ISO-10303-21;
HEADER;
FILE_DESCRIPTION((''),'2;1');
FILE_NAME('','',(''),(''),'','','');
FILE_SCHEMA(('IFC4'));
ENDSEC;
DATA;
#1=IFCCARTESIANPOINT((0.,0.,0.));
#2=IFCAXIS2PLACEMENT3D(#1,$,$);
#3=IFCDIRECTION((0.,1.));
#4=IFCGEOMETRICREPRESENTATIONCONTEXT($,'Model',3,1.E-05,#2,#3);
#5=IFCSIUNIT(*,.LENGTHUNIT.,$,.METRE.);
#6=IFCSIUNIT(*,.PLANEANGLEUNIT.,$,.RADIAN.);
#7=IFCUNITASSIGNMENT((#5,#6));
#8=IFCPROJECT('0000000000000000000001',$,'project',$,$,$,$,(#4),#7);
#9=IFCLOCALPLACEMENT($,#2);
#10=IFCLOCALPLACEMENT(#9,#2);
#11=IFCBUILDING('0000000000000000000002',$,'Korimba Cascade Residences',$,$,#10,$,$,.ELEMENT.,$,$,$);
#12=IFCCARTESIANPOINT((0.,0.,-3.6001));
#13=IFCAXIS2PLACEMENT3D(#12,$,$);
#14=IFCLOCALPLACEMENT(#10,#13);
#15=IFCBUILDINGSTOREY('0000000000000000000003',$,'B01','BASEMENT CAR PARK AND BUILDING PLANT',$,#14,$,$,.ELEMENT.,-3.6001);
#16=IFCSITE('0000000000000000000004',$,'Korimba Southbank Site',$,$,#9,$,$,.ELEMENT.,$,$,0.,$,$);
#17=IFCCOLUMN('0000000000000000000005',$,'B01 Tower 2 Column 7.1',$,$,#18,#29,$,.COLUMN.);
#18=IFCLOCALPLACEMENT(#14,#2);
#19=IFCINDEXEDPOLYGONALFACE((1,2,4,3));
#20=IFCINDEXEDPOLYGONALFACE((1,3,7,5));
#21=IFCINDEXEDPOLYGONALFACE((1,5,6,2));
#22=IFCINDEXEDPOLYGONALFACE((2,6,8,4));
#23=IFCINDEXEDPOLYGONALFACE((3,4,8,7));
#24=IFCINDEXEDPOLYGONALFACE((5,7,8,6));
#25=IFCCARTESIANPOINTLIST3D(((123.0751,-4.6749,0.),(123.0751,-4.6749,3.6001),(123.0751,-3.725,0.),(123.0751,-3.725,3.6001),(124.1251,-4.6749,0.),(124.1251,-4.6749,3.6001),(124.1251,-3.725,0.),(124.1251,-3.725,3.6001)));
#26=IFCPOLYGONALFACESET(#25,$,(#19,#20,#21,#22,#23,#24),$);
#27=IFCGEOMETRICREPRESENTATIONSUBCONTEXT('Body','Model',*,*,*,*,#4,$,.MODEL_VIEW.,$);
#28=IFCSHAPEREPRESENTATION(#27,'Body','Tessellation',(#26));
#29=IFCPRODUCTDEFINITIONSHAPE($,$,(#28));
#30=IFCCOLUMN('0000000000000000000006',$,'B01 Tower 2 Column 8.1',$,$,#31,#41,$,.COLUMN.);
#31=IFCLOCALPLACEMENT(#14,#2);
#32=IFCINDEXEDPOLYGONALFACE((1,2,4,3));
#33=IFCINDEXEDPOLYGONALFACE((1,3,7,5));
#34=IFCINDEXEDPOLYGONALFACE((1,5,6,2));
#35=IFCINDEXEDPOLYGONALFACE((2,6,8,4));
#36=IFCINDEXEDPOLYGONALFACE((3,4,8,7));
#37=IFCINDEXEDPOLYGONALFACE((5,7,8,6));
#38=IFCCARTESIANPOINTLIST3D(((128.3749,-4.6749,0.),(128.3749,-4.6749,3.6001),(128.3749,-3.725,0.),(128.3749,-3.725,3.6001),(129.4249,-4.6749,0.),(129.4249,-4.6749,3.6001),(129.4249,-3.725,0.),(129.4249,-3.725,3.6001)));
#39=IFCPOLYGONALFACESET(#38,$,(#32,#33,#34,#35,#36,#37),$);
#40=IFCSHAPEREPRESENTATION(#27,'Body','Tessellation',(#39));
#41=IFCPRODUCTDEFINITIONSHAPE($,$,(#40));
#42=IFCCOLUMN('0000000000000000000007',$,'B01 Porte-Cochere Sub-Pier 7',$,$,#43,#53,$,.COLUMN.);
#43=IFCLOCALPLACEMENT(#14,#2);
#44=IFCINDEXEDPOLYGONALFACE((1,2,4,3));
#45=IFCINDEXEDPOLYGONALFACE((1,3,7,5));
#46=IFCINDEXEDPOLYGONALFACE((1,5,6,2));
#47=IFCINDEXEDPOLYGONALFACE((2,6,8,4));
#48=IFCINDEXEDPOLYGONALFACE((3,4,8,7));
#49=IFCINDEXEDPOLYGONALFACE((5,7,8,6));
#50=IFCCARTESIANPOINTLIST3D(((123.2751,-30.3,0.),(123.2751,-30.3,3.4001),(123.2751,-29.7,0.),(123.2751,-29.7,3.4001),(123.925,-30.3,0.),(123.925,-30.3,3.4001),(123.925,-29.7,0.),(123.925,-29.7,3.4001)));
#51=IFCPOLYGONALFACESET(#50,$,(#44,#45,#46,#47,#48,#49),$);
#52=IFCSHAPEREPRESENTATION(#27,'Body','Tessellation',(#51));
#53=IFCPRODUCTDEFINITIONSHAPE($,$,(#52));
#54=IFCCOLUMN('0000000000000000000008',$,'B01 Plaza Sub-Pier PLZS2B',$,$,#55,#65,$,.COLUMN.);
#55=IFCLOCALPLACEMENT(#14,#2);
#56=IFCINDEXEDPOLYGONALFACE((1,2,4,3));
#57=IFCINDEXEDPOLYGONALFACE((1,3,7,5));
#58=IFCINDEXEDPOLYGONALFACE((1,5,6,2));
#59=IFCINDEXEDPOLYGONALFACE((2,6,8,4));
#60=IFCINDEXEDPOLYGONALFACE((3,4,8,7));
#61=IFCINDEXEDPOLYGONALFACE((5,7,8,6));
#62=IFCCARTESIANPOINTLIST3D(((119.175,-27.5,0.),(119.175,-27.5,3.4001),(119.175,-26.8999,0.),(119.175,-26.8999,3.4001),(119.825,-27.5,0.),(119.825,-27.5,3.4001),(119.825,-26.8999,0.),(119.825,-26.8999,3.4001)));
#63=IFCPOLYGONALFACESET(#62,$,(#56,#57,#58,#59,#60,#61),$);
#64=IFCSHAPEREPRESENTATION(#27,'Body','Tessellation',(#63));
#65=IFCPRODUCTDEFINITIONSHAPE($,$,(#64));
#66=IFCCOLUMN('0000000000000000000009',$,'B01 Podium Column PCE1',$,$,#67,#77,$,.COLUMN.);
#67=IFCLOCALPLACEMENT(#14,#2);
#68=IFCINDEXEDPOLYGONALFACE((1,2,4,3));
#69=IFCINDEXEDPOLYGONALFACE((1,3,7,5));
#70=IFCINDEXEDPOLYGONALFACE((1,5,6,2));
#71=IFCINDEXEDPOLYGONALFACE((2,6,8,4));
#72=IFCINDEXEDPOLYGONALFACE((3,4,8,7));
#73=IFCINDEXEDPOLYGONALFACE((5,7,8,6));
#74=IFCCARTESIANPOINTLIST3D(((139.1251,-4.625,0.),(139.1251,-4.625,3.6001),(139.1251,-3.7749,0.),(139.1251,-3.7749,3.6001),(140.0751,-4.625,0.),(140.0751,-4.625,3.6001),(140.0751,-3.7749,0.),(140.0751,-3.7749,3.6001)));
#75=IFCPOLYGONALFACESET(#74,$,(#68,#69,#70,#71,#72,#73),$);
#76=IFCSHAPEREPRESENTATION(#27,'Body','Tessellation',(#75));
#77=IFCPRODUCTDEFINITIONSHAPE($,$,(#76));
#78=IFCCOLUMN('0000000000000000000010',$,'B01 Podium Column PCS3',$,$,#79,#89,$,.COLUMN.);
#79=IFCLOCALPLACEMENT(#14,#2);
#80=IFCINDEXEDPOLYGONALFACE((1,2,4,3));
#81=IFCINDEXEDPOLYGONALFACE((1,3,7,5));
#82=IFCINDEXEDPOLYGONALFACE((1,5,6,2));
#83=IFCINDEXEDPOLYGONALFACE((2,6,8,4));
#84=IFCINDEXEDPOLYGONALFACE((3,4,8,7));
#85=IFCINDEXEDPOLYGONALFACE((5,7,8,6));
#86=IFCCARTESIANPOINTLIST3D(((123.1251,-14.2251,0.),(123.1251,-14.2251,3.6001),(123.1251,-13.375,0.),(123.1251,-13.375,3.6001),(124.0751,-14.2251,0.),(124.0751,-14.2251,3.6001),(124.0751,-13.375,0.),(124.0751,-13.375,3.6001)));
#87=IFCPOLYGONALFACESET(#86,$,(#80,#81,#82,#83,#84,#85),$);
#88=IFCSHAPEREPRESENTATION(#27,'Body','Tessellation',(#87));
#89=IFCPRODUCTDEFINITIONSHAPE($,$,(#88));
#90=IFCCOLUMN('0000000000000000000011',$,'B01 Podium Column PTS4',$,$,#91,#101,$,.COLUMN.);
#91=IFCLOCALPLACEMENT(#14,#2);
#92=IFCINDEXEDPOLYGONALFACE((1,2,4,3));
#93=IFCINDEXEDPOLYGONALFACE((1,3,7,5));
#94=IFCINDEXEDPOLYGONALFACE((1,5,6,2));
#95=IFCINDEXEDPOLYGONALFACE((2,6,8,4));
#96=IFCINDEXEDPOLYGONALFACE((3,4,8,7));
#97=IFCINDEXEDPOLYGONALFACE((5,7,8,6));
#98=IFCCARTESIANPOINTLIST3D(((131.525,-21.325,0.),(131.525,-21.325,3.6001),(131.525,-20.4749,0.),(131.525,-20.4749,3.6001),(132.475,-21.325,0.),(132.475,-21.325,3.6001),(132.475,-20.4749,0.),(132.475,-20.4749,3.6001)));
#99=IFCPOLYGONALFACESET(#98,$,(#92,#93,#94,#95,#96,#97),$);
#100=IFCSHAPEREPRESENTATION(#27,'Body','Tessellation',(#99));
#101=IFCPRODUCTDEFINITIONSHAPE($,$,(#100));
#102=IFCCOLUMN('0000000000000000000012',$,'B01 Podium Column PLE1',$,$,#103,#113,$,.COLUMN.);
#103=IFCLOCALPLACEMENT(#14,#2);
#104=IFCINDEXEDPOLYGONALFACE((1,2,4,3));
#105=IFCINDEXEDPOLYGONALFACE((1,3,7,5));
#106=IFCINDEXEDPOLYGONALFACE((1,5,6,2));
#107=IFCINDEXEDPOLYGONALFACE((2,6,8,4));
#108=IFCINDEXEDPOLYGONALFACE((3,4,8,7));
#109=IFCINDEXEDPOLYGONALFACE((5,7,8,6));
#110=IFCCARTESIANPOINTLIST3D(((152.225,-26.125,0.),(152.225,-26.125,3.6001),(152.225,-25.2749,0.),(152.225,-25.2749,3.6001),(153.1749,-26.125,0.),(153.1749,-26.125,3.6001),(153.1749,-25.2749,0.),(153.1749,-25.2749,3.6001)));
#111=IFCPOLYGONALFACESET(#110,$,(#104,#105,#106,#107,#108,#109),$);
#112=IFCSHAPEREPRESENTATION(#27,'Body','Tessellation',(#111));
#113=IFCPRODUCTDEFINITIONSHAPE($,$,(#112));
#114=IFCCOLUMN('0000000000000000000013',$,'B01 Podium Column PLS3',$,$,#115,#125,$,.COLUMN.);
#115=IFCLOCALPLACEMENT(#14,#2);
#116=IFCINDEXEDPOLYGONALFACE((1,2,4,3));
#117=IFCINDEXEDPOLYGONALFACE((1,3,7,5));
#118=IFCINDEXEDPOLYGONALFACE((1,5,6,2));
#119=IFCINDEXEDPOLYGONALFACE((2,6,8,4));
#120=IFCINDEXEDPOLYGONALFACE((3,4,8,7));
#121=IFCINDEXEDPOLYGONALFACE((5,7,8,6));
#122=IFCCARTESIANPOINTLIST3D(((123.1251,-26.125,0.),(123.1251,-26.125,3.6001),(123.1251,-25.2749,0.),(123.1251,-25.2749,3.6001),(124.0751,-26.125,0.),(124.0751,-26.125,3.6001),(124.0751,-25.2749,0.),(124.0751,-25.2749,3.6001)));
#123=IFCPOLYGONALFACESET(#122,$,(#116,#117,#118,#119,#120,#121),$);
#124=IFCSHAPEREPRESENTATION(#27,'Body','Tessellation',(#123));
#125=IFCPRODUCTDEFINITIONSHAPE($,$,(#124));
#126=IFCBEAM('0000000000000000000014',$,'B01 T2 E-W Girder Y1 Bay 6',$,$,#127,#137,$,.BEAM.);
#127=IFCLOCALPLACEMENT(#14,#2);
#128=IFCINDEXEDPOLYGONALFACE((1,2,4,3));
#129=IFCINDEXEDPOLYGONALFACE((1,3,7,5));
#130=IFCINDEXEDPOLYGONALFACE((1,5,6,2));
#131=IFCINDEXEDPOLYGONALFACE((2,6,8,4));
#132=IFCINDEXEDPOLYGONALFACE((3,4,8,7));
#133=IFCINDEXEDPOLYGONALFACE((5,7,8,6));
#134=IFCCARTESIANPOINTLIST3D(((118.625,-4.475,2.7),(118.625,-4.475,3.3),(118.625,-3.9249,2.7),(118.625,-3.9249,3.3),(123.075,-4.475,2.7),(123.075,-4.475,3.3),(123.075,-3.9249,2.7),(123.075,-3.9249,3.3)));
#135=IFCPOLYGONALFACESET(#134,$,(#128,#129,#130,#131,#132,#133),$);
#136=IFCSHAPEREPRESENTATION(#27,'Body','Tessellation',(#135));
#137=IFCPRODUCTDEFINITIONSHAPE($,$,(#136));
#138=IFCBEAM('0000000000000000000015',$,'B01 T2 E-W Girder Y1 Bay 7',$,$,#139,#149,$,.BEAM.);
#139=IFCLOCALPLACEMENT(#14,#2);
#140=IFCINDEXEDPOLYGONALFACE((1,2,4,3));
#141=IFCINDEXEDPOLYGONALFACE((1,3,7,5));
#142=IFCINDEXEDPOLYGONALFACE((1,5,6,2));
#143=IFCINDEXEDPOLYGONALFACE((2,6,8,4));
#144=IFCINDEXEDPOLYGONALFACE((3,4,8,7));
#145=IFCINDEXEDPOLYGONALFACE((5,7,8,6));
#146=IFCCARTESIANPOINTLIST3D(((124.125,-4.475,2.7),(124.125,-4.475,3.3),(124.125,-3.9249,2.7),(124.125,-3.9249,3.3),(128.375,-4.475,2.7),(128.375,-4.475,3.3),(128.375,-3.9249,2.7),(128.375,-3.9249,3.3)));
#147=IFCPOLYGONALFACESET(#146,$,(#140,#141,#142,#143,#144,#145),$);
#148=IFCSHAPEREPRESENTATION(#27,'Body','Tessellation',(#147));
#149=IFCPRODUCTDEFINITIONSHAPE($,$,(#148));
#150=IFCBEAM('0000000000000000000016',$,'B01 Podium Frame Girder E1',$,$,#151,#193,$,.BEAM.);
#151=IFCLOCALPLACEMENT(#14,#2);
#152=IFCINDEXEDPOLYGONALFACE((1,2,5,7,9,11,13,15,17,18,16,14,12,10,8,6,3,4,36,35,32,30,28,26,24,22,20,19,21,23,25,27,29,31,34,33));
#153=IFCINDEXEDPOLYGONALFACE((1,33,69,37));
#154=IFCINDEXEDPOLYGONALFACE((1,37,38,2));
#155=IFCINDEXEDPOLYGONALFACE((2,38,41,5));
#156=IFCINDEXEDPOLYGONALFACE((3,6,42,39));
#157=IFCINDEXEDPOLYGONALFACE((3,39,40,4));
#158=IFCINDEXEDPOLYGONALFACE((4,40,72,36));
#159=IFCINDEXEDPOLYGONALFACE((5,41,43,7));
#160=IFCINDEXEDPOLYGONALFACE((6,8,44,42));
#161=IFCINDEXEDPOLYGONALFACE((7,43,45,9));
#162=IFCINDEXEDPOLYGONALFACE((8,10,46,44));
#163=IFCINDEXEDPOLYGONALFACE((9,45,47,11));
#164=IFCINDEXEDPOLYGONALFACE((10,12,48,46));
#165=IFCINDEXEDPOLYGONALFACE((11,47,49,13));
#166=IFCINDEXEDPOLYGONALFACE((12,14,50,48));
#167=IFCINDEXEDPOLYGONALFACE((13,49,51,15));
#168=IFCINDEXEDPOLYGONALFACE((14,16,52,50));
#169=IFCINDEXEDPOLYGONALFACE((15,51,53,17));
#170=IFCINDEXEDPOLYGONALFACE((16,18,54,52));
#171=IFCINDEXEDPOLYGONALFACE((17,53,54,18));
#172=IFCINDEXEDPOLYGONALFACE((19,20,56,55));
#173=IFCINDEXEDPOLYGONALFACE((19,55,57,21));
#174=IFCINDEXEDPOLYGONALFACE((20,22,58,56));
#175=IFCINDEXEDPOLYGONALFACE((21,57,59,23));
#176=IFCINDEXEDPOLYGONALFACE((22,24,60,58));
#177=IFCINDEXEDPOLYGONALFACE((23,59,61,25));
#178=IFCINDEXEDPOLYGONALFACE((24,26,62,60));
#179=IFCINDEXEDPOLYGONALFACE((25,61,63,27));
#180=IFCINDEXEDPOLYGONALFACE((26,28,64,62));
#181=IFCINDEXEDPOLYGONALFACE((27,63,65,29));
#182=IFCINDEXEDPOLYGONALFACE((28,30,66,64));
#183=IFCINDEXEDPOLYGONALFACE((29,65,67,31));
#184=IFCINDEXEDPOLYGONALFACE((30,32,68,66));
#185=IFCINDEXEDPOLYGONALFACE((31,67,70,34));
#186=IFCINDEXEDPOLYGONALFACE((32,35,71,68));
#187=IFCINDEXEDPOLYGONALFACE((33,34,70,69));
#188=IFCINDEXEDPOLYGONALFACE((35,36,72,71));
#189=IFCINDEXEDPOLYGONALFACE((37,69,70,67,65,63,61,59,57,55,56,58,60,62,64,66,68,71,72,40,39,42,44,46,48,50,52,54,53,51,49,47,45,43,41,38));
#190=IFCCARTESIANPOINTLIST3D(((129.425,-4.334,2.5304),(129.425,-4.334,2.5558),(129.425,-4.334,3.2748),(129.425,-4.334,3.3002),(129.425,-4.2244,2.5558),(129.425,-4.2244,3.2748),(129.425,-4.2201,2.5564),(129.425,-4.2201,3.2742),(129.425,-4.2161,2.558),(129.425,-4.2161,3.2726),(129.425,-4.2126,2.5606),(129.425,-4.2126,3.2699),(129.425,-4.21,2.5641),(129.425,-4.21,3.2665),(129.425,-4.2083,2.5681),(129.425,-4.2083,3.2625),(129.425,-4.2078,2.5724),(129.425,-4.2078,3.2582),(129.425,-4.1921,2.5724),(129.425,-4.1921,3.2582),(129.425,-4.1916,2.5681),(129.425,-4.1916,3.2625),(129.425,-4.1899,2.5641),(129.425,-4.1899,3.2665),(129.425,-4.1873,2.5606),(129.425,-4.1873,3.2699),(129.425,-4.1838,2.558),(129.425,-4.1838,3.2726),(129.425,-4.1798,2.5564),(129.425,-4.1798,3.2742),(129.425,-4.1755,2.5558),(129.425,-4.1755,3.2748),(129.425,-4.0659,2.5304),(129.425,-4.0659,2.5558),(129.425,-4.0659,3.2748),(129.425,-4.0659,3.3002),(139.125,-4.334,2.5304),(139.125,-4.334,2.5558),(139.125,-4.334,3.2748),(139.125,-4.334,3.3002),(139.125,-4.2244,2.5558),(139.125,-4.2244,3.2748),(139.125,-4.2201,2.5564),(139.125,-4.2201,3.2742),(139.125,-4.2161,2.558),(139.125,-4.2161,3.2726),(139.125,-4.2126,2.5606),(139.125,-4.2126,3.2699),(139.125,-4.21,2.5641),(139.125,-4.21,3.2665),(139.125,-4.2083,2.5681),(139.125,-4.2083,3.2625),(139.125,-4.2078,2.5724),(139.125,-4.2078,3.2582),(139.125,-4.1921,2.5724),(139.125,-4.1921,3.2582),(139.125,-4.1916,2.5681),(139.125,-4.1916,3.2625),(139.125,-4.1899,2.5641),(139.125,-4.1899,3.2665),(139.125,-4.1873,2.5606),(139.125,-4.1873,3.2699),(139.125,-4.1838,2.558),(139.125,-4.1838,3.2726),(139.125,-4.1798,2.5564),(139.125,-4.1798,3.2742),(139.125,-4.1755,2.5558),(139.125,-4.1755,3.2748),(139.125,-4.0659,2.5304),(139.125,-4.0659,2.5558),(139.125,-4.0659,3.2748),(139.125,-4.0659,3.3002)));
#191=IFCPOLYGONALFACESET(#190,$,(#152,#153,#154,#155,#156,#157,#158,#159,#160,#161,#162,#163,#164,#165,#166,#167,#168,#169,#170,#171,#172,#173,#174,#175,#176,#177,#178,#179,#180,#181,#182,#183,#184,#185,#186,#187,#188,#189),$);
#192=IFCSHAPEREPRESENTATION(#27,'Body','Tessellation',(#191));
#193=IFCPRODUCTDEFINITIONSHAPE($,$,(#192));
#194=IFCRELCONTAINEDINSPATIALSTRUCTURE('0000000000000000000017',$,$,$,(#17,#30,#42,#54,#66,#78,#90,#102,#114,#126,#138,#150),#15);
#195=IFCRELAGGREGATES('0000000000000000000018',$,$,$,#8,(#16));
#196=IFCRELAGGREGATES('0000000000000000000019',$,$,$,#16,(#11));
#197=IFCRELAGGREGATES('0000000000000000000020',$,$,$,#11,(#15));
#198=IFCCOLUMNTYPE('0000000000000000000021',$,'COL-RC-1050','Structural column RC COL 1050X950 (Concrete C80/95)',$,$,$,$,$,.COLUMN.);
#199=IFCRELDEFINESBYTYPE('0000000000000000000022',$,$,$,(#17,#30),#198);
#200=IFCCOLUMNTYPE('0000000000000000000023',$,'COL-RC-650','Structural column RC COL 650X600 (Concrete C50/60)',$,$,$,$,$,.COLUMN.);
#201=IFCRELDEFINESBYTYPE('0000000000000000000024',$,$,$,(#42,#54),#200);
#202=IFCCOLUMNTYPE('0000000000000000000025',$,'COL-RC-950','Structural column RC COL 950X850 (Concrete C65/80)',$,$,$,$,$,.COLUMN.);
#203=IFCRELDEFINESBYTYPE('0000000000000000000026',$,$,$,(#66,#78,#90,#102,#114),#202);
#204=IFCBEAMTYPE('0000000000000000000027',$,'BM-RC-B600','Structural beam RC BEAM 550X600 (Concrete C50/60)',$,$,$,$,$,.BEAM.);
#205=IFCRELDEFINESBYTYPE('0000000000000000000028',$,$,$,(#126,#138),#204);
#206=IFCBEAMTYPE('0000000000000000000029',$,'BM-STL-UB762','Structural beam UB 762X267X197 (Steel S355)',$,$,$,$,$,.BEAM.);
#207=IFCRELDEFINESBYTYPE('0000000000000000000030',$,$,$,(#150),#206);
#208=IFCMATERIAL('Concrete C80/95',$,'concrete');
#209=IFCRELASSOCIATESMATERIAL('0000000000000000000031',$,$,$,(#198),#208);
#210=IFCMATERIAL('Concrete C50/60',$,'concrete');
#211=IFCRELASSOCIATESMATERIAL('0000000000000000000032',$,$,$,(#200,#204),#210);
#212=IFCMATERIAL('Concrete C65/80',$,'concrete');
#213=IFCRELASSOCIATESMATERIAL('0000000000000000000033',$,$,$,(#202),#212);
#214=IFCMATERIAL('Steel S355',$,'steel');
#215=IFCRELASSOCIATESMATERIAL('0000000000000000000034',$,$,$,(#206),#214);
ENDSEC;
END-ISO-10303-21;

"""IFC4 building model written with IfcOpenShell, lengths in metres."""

from ifc_helpers import new_model, si_unit, direction, frame, origin, origin_2d, place, context, subcontext, project, spatial, rectangle, i_section, extrude, material, material_profile, profile_set, type_object, element, save


model = new_model("IFC4")

# Units and contexts
model_context = context("Model", 3, precision=1e-05, world=origin(), true_north=direction((0.0, 1.0)))
body_context = subcontext(model_context, "Body", "Model", "MODEL_VIEW")
ifc_project = project(units=[si_unit("LENGTHUNIT", "METRE"), si_unit("PLANEANGLEUNIT", "RADIAN")], contexts=[model_context])

# Site, building, storey
site_placement = place(None, origin())
site = spatial("IfcSite", under=ifc_project, at=site_placement, Name="Korimba Southbank Site", CompositionType="ELEMENT", RefElevation=0.0)
building_placement = place(site_placement, origin())
building = spatial("IfcBuilding", under=site, at=building_placement, Name="Korimba Cascade Residences", CompositionType="ELEMENT")
storey_placement = place(building_placement, frame((0.0, 0.0, -3.6001)))
storey = spatial("IfcBuildingStorey", under=building, at=storey_placement, Name="B01", Description="BASEMENT CAR PARK AND BUILDING PLANT", CompositionType="ELEMENT", Elevation=-3.6001)

# Columns
ifc_material_1 = material(Name="Concrete C80/95", Category="concrete")
ifc_material_profile_1 = material_profile(ifc_material_1, rectangle(XDim=1.05, YDim=0.95, at=origin_2d()), Name="Concrete C80/95")
ifc_profile_set_1 = profile_set([ifc_material_profile_1], Name="Concrete C80/95")
column_type_1 = type_object("IfcColumnType", Name="COL-RC-1050", Description="Structural column RC COL 1050X950 (Concrete C80/95)", PredefinedType="COLUMN", material=ifc_profile_set_1)
for number, where, z_axis, x_axis, name in (
    (1, (123.6001, -4.2, 0.0), (0.0, 0.0, 1.0), (1.0, 0.0, 0.0), "B01 Tower 2 Column 7.1"),
    (2, (128.8999, -4.2, 0.0), (0.0, 0.0, 1.0), (1.0, 0.0, 0.0), "B01 Tower 2 Column 8.1"),
):
    element("IfcColumn", number, at=place(storey_placement, frame(where, z_axis=z_axis, x_axis=x_axis)), inside=storey, type_object=column_type_1, Name=name, PredefinedType="COLUMN", context=body_context, shape_type="SweptSolid", body=[
        extrude(rectangle(XDim=1.05, YDim=0.95, at=origin_2d()), origin(), (0.0, 0.0, 1.0), 3.6001),
    ])
ifc_material_2 = material(Name="Concrete C50/60", Category="concrete")
ifc_material_profile_2 = material_profile(ifc_material_2, rectangle(XDim=0.6499, YDim=0.6001, at=origin_2d()), Name="Concrete C50/60")
ifc_profile_set_2 = profile_set([ifc_material_profile_2], Name="Concrete C50/60")
column_type_2 = type_object("IfcColumnType", Name="COL-RC-650", Description="Structural column RC COL 650X600 (Concrete C50/60)", PredefinedType="COLUMN", material=ifc_profile_set_2)
for number, where, z_axis, x_axis, name in (
    (3, (123.6001, -30.0, 0.0), (0.0, 0.0, 1.0), (1.0, 0.0, 0.0), "B01 Porte-Cochere Sub-Pier 7"),
    (4, (119.5, -27.2, 0.0), (0.0, 0.0, 1.0), (1.0, 0.0, 0.0), "B01 Plaza Sub-Pier PLZS2B"),
):
    element("IfcColumn", number, at=place(storey_placement, frame(where, z_axis=z_axis, x_axis=x_axis)), inside=storey, type_object=column_type_2, Name=name, PredefinedType="COLUMN", context=body_context, shape_type="SweptSolid", body=[
        extrude(rectangle(XDim=0.6499, YDim=0.6001, at=origin_2d()), origin(), (0.0, 0.0, 1.0), 3.4001),
    ])
ifc_material_3 = material(Name="Concrete C65/80", Category="concrete")
ifc_material_profile_3 = material_profile(ifc_material_3, rectangle(XDim=0.95, YDim=0.8501, at=origin_2d()), Name="Concrete C65/80")
ifc_profile_set_3 = profile_set([ifc_material_profile_3], Name="Concrete C65/80")
column_type_3 = type_object("IfcColumnType", Name="COL-RC-950", Description="Structural column RC COL 950X850 (Concrete C65/80)", PredefinedType="COLUMN", material=ifc_profile_set_3)
for number, where, z_axis, x_axis, name in (
    (5, (139.6001, -4.2, 0.0), (0.0, 0.0, 1.0), (1.0, 0.0, 0.0), "B01 Podium Column PCE1"),
    (6, (123.6001, -13.8, 0.0), (0.0, 0.0, 1.0), (1.0, 0.0, 0.0), "B01 Podium Column PCS3"),
    (7, (132.0, -20.8999, 0.0), (0.0, 0.0, 1.0), (1.0, 0.0, 0.0), "B01 Podium Column PTS4"),
    (8, (152.7, -25.7, 0.0), (0.0, 0.0, 1.0), (1.0, 0.0, 0.0), "B01 Podium Column PLE1"),
    (9, (123.6001, -25.7, 0.0), (0.0, 0.0, 1.0), (1.0, 0.0, 0.0), "B01 Podium Column PLS3"),
):
    element("IfcColumn", number, at=place(storey_placement, frame(where, z_axis=z_axis, x_axis=x_axis)), inside=storey, type_object=column_type_3, Name=name, PredefinedType="COLUMN", context=body_context, shape_type="SweptSolid", body=[
        extrude(rectangle(XDim=0.95, YDim=0.8501, at=origin_2d()), origin(), (0.0, 0.0, 1.0), 3.6001),
    ])

# Beams
ifc_material_profile_4 = material_profile(ifc_material_2, rectangle(XDim=0.55, YDim=0.6001, at=origin_2d()), Name="Concrete C50/60")
ifc_profile_set_4 = profile_set([ifc_material_profile_4], Name="Concrete C50/60")
beam_type_1 = type_object("IfcBeamType", Name="BM-RC-B600", Description="Structural beam RC BEAM 550X600 (Concrete C50/60)", PredefinedType="BEAM", material=ifc_profile_set_4)
beam_1_placement = place(storey_placement, frame((118.625, -4.2, 3.0), z_axis=(1.0, 0.0, 0.0), x_axis=(0.0, 1.0, 0.0)))
element("IfcBeam", 10, at=beam_1_placement, inside=storey, type_object=beam_type_1, Name="B01 T2 E-W Girder Y1 Bay 6", PredefinedType="BEAM", context=body_context, shape_type="SweptSolid", body=[
    extrude(rectangle(XDim=0.55, YDim=0.6001, at=origin_2d()), origin(), (0.0, 0.0, 1.0), 4.45),
])
beam_2_placement = place(storey_placement, frame((124.125, -4.2, 3.0), z_axis=(1.0, 0.0, 0.0), x_axis=(0.0, 1.0, 0.0)))
element("IfcBeam", 11, at=beam_2_placement, inside=storey, type_object=beam_type_1, Name="B01 T2 E-W Girder Y1 Bay 7", PredefinedType="BEAM", context=body_context, shape_type="SweptSolid", body=[
    extrude(rectangle(XDim=0.55, YDim=0.6001, at=origin_2d()), origin(), (0.0, 0.0, 1.0), 4.25),
])
ifc_material_4 = material(Name="Steel S355", Category="steel")
ifc_material_profile_5 = material_profile(ifc_material_4, i_section(OverallWidth=0.2681, OverallDepth=0.7698, WebThickness=0.0156, FlangeThickness=0.0254, FilletRadius=0.0166, at=origin_2d()), Name="Steel S355")
ifc_profile_set_5 = profile_set([ifc_material_profile_5], Name="Steel S355")
beam_type_2 = type_object("IfcBeamType", Name="BM-STL-UB762", Description="Structural beam UB 762X267X197 (Steel S355)", PredefinedType="BEAM", material=ifc_profile_set_5)
beam_3_placement = place(storey_placement, frame((129.425, -4.2, 2.9153), z_axis=(1.0, 0.0, 0.0), x_axis=(0.0, 1.0, 0.0)))
element("IfcBeam", 12, at=beam_3_placement, inside=storey, type_object=beam_type_2, Name="B01 Podium Frame Girder E1", PredefinedType="BEAM", context=body_context, shape_type="SweptSolid", body=[
    extrude(i_section(OverallWidth=0.2681, OverallDepth=0.7698, WebThickness=0.0156, FlangeThickness=0.0254, FilletRadius=0.0166, at=origin_2d()), origin(), (0.0, 0.0, 1.0), 9.7),
])

save(model, "model.ifc")
